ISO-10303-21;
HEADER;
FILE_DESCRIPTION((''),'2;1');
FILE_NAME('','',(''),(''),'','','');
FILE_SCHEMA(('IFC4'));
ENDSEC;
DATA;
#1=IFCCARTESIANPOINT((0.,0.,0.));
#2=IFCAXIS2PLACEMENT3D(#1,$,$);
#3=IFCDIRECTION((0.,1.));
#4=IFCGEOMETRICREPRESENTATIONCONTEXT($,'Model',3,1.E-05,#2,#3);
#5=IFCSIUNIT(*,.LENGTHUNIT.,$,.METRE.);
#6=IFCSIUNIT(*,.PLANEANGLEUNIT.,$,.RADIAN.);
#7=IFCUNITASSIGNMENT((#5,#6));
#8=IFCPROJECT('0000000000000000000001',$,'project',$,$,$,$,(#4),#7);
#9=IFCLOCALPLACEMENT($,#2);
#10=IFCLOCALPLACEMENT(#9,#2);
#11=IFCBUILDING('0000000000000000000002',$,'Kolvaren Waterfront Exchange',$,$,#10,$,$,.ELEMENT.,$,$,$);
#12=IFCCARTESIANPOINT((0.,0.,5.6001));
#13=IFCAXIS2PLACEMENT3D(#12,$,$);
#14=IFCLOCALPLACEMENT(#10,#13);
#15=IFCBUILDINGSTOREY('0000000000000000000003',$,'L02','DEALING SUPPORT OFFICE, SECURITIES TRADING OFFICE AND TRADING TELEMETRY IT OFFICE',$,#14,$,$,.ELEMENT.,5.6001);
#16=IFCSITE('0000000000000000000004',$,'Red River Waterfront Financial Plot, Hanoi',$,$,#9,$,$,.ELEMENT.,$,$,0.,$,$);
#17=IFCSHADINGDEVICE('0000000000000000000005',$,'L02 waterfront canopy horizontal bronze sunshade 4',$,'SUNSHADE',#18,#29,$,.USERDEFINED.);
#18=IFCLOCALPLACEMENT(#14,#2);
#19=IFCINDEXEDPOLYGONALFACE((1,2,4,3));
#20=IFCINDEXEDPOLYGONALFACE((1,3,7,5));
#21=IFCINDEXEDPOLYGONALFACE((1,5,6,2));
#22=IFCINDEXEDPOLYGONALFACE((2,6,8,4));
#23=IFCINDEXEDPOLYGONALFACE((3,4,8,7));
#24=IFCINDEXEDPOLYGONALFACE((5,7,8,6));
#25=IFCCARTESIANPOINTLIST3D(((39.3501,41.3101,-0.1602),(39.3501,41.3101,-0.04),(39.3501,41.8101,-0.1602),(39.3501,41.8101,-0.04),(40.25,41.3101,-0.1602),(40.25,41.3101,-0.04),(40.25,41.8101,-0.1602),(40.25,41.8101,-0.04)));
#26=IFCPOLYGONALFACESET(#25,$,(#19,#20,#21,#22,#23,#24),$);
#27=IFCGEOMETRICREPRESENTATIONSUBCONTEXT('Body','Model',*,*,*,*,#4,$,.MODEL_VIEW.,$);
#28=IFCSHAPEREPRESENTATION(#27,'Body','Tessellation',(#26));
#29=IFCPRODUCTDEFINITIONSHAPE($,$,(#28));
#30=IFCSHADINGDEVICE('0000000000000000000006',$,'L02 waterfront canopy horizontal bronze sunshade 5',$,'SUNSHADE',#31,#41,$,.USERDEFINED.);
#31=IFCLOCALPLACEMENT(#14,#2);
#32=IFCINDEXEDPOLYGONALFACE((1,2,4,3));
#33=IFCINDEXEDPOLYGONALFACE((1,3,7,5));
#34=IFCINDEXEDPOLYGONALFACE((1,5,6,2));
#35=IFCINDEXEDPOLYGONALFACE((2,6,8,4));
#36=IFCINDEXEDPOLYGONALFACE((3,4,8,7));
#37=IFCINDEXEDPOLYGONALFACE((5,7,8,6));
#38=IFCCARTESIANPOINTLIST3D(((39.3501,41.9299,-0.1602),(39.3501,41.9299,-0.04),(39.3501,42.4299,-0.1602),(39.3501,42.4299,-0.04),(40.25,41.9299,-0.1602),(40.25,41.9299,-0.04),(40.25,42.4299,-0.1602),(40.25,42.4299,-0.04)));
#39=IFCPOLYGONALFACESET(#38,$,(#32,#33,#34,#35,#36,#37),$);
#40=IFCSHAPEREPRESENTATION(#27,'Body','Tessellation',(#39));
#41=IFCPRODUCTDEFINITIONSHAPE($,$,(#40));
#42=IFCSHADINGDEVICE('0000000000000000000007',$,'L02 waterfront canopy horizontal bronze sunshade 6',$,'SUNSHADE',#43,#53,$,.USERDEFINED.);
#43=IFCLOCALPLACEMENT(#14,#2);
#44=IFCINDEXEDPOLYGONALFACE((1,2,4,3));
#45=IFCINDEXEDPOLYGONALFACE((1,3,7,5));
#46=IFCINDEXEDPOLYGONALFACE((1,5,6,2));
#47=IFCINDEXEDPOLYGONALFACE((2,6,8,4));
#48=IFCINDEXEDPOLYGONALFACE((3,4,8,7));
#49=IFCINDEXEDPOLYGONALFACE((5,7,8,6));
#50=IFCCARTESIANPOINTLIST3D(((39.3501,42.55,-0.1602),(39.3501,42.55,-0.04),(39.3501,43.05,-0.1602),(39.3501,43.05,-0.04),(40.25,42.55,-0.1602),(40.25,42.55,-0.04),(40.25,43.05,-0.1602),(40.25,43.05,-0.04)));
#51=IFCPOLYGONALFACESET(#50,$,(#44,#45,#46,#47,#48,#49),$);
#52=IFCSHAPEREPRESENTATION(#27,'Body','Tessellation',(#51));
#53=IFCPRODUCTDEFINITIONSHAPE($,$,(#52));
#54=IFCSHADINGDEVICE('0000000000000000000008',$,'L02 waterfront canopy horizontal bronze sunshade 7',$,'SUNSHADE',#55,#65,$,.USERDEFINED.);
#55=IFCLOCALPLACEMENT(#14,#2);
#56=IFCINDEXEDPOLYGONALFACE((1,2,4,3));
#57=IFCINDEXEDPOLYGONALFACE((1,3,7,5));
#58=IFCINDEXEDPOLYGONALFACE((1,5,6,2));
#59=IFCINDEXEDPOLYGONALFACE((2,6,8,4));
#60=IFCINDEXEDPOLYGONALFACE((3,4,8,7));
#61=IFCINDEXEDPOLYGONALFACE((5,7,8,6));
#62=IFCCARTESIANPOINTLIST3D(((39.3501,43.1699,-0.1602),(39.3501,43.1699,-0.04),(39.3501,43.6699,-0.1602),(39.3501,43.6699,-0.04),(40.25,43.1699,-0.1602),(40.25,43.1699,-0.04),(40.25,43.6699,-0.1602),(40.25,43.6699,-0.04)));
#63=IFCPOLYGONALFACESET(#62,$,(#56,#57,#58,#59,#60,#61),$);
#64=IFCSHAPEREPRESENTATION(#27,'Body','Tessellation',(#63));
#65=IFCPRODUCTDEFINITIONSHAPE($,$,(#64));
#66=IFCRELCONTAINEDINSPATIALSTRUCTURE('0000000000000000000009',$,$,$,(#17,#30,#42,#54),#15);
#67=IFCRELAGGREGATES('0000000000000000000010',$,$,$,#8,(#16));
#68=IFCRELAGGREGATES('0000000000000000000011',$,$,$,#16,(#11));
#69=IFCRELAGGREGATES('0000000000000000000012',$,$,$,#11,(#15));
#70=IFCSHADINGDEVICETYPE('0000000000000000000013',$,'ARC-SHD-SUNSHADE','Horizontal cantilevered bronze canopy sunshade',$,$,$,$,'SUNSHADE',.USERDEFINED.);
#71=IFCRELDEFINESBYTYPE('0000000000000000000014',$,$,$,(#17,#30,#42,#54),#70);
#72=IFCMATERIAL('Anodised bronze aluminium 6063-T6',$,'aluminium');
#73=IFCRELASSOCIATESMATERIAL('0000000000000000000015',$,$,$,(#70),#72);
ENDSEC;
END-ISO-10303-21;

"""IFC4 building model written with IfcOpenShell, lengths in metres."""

from ifc_helpers import new_model, si_unit, direction, frame, origin, origin_with_axes, origin_2d, place, context, subcontext, project, spatial, rectangle, extrude, source, transform, mapped, material, type_object, element, save


model = new_model("IFC4")

# Units and contexts
model_context = context("Model", 3, precision=1e-05, world=origin(), true_north=direction((0.0, 1.0)))
body_context = subcontext(model_context, "Body", "Model", "MODEL_VIEW")
ifc_project = project(units=[si_unit("LENGTHUNIT", "METRE"), si_unit("PLANEANGLEUNIT", "RADIAN")], contexts=[model_context])

# Site, building, storey
site_placement = place(None, origin())
site = spatial("IfcSite", under=ifc_project, at=site_placement, Name="Red River Waterfront Financial Plot, Hanoi", CompositionType="ELEMENT", RefElevation=0.0)
building_placement = place(site_placement, origin())
building = spatial("IfcBuilding", under=site, at=building_placement, Name="Kolvaren Waterfront Exchange", CompositionType="ELEMENT")
storey_placement = place(building_placement, frame((0.0, 0.0, 5.6001)))
storey = spatial("IfcBuildingStorey", under=building, at=storey_placement, Name="L02", Description="DEALING SUPPORT OFFICE, SECURITIES TRADING OFFICE AND TRADING TELEMETRY IT OFFICE", CompositionType="ELEMENT", Elevation=5.6001)

# Shared definitions
ifc_material_1 = material(Name="Anodised bronze aluminium 6063-T6", Category="aluminium")

# Shading devices
shading_device_type = type_object("IfcShadingDeviceType", Name="ARC-SHD-SUNSHADE", Description="Horizontal cantilevered bronze canopy sunshade", ElementType="SUNSHADE", PredefinedType="USERDEFINED", material=ifc_material_1)
shared_shape_1 = source(origin_with_axes(), body_context, "Body", "SweptSolid", [
    extrude(rectangle(XDim=0.8999, YDim=0.5, at=origin_2d()), origin(), (0.0, 0.0, 1.0), 0.1201),
])
for number, where, z_axis, x_axis, name in (
    (1, (39.8, 41.5601, -0.1602), (0.0, 0.0, 1.0), (1.0, 0.0, 0.0), "L02 waterfront canopy horizontal bronze sunshade 4"),
    (2, (39.8, 42.1799, -0.1602), (0.0, 0.0, 1.0), (1.0, 0.0, 0.0), "L02 waterfront canopy horizontal bronze sunshade 5"),
    (3, (39.8, 42.8, -0.1602), (0.0, 0.0, 1.0), (1.0, 0.0, 0.0), "L02 waterfront canopy horizontal bronze sunshade 6"),
    (4, (39.8, 43.4199, -0.1602), (0.0, 0.0, 1.0), (1.0, 0.0, 0.0), "L02 waterfront canopy horizontal bronze sunshade 7"),
):
    element("IfcShadingDevice", number, at=place(storey_placement, frame(where, z_axis=z_axis, x_axis=x_axis)), inside=storey, type_object=shading_device_type, Name=name, ObjectType="SUNSHADE", PredefinedType="USERDEFINED", context=body_context, shape_type="MappedRepresentation", body=[
        mapped(shared_shape_1, transform((0.0, 0.0, 0.0), x_axis=(1.0, 0.0, 0.0), y_axis=(0.0, 1.0, 0.0), z_axis=(0.0, 0.0, 1.0), scale=1.0)),
    ])

save(model, "model.ifc")
